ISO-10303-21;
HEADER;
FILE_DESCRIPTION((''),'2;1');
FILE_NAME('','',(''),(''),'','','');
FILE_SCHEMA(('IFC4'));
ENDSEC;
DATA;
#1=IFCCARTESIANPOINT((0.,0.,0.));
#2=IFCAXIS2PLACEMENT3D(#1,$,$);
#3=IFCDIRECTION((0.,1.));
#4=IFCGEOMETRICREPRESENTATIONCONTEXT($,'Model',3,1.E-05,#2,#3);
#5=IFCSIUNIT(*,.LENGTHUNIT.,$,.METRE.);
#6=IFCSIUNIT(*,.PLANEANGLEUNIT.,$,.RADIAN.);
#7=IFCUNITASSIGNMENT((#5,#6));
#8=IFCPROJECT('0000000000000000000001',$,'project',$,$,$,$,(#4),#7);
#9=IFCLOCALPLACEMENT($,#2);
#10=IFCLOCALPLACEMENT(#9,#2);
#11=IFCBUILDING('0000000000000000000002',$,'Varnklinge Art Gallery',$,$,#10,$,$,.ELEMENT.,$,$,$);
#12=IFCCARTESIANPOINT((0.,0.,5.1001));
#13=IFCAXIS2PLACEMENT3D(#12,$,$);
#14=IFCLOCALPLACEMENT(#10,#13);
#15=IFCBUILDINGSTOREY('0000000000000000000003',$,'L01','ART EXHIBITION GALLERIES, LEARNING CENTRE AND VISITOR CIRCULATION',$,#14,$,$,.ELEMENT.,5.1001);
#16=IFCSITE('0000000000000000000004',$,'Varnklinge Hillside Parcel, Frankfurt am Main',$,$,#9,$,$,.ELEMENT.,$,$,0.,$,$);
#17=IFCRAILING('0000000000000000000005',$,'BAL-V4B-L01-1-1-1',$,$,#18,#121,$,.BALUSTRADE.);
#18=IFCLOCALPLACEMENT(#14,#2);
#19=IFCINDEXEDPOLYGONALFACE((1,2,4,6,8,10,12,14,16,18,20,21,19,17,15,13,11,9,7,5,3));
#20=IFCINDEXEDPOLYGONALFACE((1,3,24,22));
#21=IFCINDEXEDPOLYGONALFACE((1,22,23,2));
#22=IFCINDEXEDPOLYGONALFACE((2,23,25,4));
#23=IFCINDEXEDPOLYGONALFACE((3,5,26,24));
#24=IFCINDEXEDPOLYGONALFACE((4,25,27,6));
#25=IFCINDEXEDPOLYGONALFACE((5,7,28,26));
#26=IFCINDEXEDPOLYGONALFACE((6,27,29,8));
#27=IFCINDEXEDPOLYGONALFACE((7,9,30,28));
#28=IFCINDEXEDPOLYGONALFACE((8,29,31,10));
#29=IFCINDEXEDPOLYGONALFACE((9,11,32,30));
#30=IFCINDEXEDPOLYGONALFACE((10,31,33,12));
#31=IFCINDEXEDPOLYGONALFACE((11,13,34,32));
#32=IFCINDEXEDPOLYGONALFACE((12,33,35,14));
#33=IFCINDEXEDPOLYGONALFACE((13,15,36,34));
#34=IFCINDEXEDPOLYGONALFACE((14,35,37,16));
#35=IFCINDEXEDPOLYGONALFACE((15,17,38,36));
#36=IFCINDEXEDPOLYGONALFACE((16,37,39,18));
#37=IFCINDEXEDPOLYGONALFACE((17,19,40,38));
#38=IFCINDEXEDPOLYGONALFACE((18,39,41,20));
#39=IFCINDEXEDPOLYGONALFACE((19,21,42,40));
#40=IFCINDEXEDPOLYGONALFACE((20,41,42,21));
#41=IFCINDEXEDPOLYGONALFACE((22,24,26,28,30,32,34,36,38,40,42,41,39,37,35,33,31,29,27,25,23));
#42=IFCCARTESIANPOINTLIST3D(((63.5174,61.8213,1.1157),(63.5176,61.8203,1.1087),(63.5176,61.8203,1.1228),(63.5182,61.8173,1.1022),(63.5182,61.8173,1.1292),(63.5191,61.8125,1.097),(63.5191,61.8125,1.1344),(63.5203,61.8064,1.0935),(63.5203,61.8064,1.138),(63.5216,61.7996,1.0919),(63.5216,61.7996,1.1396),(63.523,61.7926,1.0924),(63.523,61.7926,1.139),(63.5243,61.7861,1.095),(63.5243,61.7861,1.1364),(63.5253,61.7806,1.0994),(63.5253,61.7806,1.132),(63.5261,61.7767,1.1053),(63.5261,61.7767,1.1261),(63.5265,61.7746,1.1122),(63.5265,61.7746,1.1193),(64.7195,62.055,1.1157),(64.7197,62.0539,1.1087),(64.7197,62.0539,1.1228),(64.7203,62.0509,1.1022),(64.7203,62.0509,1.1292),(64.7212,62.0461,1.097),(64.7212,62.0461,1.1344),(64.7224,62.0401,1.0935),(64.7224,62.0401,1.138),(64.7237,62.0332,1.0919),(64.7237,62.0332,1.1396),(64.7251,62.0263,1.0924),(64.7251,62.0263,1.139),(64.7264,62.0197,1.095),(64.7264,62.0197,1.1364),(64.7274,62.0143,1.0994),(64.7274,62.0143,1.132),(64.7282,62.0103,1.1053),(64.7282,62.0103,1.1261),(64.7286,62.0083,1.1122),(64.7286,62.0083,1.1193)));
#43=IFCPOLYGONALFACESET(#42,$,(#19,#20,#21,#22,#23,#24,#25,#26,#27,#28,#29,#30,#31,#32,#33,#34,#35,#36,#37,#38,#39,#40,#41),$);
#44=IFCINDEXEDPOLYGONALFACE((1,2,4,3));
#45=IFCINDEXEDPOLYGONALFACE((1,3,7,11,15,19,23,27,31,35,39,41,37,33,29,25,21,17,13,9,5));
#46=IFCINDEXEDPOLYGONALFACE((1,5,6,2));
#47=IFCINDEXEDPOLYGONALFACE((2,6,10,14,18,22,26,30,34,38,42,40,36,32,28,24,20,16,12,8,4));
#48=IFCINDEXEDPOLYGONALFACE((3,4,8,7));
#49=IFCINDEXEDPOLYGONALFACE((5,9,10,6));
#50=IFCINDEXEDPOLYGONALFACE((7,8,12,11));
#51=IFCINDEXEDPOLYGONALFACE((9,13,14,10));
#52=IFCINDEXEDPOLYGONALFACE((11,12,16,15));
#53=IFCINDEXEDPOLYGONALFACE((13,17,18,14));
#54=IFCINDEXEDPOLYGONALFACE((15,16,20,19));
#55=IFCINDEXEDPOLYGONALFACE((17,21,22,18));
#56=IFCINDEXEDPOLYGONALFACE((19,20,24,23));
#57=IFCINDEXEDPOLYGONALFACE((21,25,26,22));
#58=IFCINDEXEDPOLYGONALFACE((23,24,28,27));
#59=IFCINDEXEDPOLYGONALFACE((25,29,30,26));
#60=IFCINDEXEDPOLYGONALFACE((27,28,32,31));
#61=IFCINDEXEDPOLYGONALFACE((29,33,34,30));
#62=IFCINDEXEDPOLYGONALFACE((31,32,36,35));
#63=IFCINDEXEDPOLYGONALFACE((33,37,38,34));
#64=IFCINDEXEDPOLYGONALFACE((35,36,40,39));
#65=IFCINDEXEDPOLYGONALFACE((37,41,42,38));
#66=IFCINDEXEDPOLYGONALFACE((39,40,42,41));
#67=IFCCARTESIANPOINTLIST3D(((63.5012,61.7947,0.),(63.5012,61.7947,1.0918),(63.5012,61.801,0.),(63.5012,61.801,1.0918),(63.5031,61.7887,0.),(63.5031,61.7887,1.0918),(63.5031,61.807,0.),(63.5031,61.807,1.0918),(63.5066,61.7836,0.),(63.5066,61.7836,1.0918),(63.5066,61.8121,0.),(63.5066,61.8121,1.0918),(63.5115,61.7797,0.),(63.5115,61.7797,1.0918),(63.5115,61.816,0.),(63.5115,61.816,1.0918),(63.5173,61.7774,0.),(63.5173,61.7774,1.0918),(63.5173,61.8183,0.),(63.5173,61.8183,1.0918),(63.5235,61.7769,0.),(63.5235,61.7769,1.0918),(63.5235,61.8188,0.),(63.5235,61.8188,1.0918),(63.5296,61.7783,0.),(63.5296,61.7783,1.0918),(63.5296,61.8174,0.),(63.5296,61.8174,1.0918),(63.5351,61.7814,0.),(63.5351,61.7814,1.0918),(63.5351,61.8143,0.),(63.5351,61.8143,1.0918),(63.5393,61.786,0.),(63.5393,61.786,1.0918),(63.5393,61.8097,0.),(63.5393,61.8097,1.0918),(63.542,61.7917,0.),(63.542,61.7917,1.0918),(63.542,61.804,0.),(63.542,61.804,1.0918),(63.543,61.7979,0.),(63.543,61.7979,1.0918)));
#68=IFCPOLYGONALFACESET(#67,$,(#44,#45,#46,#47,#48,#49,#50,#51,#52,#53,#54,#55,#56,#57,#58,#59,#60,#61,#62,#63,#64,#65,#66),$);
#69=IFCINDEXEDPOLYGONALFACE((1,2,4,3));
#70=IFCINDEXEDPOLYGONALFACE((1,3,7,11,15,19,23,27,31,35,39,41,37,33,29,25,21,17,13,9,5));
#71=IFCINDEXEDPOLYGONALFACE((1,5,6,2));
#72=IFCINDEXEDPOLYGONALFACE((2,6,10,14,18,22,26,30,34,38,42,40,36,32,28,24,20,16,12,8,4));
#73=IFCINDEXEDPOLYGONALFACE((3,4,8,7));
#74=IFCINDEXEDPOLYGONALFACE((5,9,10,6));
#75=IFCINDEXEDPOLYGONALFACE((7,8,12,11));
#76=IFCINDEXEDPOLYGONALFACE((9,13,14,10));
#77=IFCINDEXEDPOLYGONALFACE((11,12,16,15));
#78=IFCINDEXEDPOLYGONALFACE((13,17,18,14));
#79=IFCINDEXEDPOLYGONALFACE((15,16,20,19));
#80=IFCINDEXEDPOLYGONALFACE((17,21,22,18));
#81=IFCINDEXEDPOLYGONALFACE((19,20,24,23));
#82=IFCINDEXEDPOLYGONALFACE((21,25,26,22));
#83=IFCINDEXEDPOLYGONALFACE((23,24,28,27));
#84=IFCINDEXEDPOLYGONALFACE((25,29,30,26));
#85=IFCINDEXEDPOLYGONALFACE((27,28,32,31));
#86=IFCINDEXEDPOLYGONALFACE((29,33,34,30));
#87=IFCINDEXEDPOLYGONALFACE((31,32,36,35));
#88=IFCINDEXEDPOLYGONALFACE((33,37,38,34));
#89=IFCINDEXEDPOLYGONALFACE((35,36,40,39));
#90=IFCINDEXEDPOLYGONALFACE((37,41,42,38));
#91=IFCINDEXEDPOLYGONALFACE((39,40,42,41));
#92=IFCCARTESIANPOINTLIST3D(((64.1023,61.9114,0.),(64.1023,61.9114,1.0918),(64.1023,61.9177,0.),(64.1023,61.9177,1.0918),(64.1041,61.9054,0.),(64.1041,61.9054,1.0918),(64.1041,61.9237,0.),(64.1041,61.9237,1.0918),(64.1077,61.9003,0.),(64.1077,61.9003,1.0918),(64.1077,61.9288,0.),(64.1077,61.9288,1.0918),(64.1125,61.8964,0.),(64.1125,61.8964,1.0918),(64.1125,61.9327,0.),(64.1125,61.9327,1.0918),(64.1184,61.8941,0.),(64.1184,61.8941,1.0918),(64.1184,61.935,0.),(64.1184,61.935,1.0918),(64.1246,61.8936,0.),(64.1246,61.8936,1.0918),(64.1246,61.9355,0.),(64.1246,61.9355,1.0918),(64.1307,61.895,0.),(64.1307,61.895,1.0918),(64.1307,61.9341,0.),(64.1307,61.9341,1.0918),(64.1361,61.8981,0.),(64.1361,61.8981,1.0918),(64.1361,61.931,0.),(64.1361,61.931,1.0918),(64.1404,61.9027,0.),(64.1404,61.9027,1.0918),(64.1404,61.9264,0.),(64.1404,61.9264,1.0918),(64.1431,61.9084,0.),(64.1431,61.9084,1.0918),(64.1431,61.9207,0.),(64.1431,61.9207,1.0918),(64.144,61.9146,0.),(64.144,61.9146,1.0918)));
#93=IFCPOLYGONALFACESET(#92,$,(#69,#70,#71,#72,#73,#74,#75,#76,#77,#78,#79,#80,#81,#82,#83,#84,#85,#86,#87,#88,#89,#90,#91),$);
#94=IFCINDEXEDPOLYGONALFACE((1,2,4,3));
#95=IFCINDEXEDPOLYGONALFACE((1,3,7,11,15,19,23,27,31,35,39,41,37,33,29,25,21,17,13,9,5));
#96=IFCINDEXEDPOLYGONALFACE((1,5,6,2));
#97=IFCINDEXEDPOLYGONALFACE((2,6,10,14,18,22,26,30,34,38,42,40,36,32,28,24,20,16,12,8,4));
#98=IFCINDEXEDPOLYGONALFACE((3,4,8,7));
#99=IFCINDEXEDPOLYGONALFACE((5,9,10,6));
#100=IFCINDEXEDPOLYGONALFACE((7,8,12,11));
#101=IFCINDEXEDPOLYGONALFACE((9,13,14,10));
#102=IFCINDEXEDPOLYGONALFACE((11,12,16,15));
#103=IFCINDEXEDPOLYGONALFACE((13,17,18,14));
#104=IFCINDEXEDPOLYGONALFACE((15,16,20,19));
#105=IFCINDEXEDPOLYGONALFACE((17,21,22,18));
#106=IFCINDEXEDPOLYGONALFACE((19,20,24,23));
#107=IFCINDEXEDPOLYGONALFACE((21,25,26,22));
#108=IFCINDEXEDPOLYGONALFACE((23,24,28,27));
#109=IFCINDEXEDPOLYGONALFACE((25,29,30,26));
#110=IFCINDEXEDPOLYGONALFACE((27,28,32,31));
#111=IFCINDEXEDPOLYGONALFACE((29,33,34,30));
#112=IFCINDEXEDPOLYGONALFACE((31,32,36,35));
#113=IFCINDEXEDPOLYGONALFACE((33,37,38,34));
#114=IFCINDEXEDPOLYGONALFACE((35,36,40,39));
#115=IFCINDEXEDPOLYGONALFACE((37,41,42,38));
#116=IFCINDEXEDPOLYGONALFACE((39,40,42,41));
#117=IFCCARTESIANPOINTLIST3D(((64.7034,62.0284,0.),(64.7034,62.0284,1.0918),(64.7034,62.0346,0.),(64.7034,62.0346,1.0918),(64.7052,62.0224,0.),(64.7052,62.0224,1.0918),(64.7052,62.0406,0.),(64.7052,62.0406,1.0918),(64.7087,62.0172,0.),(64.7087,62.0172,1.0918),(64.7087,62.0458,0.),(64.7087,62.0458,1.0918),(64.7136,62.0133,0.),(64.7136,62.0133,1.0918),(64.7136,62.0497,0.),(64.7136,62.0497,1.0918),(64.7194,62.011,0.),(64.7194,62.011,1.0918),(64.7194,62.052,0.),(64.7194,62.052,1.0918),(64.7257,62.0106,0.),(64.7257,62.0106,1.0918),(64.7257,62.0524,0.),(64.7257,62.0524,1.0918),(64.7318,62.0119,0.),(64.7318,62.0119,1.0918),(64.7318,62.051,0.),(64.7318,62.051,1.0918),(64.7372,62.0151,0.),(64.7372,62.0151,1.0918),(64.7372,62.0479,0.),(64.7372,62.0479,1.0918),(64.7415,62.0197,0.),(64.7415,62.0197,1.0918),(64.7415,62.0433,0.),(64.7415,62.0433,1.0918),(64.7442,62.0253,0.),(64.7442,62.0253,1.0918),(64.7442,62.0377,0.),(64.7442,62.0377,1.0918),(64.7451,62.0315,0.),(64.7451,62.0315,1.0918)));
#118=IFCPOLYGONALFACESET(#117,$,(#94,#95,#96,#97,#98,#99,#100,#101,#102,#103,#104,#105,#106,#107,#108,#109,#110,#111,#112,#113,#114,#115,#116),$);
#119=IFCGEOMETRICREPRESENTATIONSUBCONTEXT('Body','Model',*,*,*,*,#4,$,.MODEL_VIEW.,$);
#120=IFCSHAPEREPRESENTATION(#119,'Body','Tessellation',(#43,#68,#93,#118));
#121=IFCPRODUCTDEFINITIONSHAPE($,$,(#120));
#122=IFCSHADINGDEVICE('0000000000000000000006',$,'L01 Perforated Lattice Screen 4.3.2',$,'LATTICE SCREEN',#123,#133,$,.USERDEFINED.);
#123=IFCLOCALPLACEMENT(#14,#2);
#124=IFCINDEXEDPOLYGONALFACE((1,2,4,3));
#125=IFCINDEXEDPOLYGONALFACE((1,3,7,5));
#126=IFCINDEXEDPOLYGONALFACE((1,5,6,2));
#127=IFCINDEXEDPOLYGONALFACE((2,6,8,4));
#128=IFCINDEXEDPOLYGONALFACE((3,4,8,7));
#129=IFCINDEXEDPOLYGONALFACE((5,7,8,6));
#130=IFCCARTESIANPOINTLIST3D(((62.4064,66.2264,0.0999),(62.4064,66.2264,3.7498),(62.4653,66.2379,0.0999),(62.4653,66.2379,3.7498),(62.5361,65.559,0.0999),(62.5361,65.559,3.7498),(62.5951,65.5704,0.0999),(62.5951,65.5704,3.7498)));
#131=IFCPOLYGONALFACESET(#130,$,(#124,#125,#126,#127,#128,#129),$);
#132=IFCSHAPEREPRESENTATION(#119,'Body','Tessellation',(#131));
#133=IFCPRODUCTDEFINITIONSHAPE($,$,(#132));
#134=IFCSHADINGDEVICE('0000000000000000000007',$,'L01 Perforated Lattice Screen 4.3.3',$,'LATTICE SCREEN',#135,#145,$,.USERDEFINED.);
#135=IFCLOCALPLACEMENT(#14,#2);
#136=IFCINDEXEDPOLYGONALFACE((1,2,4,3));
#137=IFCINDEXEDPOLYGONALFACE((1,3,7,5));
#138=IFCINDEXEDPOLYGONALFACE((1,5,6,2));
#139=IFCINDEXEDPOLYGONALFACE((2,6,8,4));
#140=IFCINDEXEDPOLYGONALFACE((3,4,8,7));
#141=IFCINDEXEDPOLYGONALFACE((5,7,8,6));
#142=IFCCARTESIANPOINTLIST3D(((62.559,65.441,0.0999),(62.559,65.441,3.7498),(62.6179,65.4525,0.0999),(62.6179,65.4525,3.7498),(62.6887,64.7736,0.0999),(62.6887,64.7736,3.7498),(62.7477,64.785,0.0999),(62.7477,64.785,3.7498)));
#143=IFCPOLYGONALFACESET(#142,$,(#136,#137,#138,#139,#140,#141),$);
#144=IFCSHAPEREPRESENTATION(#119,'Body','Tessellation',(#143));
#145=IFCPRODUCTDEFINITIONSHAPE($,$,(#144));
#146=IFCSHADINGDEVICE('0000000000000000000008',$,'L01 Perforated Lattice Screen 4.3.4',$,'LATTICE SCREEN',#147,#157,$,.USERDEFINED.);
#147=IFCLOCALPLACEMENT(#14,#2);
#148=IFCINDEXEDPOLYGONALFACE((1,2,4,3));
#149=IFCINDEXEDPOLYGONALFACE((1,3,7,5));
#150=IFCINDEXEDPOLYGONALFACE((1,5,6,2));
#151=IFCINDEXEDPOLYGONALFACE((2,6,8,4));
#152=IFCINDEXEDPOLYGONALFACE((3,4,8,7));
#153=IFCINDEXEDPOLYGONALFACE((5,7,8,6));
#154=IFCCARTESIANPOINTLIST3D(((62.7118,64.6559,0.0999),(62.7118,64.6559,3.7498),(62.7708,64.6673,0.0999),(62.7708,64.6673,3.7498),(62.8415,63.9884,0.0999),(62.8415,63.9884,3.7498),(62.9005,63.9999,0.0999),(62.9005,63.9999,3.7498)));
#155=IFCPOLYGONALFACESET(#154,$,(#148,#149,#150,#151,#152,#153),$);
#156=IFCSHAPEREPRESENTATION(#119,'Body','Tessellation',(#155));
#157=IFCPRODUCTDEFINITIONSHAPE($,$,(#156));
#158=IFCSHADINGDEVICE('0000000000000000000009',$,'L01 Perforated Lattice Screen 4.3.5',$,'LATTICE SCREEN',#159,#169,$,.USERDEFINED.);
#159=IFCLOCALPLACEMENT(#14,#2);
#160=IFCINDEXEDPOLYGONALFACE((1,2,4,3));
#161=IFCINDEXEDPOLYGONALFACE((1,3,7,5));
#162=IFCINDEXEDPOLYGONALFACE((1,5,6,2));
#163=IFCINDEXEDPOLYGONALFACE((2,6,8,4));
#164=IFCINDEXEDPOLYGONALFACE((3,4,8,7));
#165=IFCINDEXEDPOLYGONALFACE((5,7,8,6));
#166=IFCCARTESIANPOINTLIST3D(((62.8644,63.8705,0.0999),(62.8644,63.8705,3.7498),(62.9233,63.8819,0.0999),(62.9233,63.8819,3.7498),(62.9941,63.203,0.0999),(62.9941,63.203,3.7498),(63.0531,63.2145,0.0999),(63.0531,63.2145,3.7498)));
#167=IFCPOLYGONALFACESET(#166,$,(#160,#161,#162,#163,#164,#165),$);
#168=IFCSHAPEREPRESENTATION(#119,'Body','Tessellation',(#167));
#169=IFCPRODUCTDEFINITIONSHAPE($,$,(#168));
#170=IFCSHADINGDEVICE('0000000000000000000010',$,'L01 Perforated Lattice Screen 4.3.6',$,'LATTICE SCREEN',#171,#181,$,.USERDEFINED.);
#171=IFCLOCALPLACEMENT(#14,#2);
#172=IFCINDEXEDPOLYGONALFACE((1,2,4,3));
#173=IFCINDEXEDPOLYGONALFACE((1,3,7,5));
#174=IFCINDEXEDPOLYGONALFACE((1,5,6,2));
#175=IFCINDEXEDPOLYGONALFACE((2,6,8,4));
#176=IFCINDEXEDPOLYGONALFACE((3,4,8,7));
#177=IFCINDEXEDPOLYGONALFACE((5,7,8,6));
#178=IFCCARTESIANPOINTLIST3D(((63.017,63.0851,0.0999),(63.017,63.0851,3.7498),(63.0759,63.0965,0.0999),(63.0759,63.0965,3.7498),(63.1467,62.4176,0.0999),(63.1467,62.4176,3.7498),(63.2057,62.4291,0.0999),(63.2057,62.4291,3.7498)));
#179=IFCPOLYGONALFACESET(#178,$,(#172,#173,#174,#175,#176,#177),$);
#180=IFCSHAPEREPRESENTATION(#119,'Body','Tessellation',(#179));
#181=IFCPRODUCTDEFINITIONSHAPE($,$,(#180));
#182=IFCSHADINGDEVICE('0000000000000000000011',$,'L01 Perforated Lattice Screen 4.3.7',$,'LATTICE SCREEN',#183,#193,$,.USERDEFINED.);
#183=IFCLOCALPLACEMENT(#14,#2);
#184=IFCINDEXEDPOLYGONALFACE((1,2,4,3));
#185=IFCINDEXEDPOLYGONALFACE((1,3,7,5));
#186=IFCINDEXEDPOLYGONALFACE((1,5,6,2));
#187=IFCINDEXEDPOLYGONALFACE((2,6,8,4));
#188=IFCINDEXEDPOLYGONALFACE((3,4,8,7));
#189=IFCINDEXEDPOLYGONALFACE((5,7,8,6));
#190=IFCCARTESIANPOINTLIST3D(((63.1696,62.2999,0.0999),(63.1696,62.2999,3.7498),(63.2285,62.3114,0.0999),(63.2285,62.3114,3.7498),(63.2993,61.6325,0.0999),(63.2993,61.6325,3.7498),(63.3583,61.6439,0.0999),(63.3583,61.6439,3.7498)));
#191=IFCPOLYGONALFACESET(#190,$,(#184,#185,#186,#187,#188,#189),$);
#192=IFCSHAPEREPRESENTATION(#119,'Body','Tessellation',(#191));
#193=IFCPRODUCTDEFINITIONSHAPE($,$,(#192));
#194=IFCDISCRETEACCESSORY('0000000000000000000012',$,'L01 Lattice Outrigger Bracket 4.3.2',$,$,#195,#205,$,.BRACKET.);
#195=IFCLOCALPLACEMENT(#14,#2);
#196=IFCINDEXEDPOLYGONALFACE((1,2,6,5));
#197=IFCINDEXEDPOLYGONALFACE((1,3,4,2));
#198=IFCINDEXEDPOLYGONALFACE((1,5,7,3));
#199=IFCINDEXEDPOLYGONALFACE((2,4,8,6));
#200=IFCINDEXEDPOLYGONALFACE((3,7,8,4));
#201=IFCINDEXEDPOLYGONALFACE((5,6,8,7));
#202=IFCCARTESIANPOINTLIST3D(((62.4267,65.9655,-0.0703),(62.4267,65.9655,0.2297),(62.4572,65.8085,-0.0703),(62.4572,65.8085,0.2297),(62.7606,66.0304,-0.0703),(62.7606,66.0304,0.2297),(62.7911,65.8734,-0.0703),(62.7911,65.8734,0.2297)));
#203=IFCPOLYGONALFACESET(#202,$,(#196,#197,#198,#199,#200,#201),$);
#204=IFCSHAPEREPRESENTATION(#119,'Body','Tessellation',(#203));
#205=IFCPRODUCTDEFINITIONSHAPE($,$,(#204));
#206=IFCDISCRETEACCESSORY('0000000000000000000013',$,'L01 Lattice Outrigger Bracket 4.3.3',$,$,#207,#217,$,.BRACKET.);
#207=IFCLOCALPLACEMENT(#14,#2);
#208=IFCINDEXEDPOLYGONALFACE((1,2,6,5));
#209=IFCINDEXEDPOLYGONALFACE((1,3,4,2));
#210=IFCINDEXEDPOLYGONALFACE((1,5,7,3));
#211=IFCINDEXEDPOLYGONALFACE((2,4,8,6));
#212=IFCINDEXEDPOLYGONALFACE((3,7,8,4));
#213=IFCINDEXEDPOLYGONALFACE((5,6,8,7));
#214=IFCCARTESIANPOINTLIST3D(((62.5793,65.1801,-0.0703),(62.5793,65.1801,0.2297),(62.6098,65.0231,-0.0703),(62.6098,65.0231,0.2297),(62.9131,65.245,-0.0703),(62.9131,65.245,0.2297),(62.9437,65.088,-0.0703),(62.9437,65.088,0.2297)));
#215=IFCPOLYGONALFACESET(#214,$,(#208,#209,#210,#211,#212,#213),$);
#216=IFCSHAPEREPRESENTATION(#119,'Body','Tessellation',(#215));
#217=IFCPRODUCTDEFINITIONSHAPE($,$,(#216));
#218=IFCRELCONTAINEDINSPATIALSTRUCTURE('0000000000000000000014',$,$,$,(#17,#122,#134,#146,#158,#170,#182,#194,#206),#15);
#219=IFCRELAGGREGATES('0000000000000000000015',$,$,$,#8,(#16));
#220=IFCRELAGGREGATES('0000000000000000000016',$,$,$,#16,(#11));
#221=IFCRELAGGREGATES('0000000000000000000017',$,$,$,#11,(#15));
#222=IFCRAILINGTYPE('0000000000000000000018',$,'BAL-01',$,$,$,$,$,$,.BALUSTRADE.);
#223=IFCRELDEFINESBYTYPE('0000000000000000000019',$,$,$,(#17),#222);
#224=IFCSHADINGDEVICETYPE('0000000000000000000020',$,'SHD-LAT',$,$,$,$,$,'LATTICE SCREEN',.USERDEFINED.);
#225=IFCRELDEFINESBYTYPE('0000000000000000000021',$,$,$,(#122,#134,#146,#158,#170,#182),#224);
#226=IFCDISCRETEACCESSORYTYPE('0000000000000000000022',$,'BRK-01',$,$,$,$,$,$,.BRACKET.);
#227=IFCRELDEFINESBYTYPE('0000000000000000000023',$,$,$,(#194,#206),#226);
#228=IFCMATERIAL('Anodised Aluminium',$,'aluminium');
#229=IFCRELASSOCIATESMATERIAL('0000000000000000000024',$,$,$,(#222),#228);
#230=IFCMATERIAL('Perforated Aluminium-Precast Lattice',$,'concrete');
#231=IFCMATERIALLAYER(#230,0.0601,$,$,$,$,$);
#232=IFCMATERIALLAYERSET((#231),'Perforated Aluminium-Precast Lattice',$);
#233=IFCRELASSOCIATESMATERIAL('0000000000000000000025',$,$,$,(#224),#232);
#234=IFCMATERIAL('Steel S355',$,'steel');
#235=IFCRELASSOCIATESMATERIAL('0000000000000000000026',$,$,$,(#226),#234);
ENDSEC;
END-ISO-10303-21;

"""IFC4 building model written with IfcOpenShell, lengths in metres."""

from ifc_helpers import new_model, si_unit, direction, frame, origin, origin_2d, place, context, subcontext, project, spatial, rectangle, circle, extrude, material, layer, layer_set, type_object, element, save


model = new_model("IFC4")

# Units and contexts
model_context = context("Model", 3, precision=1e-05, world=origin(), true_north=direction((0.0, 1.0)))
body_context = subcontext(model_context, "Body", "Model", "MODEL_VIEW")
ifc_project = project(units=[si_unit("LENGTHUNIT", "METRE"), si_unit("PLANEANGLEUNIT", "RADIAN")], contexts=[model_context])

# Site, building, storey
site_placement = place(None, origin())
site = spatial("IfcSite", under=ifc_project, at=site_placement, Name="Varnklinge Hillside Parcel, Frankfurt am Main", CompositionType="ELEMENT", RefElevation=0.0)
building_placement = place(site_placement, origin())
building = spatial("IfcBuilding", under=site, at=building_placement, Name="Varnklinge Art Gallery", CompositionType="ELEMENT")
storey_placement = place(building_placement, frame((0.0, 0.0, 5.1001)))
storey = spatial("IfcBuildingStorey", under=building, at=storey_placement, Name="L01", Description="ART EXHIBITION GALLERIES, LEARNING CENTRE AND VISITOR CIRCULATION", CompositionType="ELEMENT", Elevation=5.1001)

# Railing
ifc_material_1 = material(Name="Anodised Aluminium", Category="aluminium")
railing_type = type_object("IfcRailingType", Name="BAL-01", PredefinedType="BALUSTRADE", material=ifc_material_1)
railing_placement = place(storey_placement, frame((63.522, 61.7979, 0.0)))
element("IfcRailing", 1, at=railing_placement, inside=storey, type_object=railing_type, Name="BAL-V4B-L01-1-1-1", PredefinedType="BALUSTRADE", context=body_context, shape_type="SweptSolid", body=[
    extrude(circle(Radius=0.0239, at=origin_2d()), frame((0.0, 0.0, 1.1157), z_axis=(0.981632, 0.190784, 0.0), x_axis=(-0.190784, 0.981632, 0.0)), (0.0, 0.0, 1.0), 1.2246),
    extrude(circle(Radius=0.021, at=origin_2d()), origin(), (0.0, 0.0, 1.0), 1.0918),
    extrude(circle(Radius=0.021, at=origin_2d()), frame((0.6011, 0.1167, 0.0)), (0.0, 0.0, 1.0), 1.0918),
    extrude(circle(Radius=0.021, at=origin_2d()), frame((1.2021, 0.2336, 0.0)), (0.0, 0.0, 1.0), 1.0918),
])

# Shading devices
ifc_material_2 = material(Name="Perforated Aluminium-Precast Lattice", Category="concrete")
ifc_layer_1 = layer(ifc_material_2, 0.0601)
ifc_layer_set_1 = layer_set([ifc_layer_1], Name="Perforated Aluminium-Precast Lattice")
shading_device_type = type_object("IfcShadingDeviceType", Name="SHD-LAT", ElementType="LATTICE SCREEN", PredefinedType="USERDEFINED", material=ifc_layer_set_1)
for number, where, z_axis, x_axis, name in (
    (2, (62.5007, 65.8984, 0.0999), (0.0, 0.0, 1.0), (0.190809, -0.981627, 0.0), "L01 Perforated Lattice Screen 4.3.2"),
    (3, (62.6533, 65.113, 0.0999), (0.0, 0.0, 1.0), (0.190809, -0.981627, 0.0), "L01 Perforated Lattice Screen 4.3.3"),
    (4, (62.8062, 64.3279, 0.0999), (0.0, 0.0, 1.0), (0.190809, -0.981627, 0.0), "L01 Perforated Lattice Screen 4.3.4"),
    (5, (62.9587, 63.5425, 0.0999), (0.0, 0.0, 1.0), (0.190809, -0.981627, 0.0), "L01 Perforated Lattice Screen 4.3.5"),
    (6, (63.1113, 62.7571, 0.0999), (0.0, 0.0, 1.0), (0.190809, -0.981627, 0.0), "L01 Perforated Lattice Screen 4.3.6"),
    (7, (63.2639, 61.9719, 0.0999), (0.0, 0.0, 1.0), (0.190809, -0.981627, 0.0), "L01 Perforated Lattice Screen 4.3.7"),
):
    element("IfcShadingDevice", number, at=place(storey_placement, frame(where, z_axis=z_axis, x_axis=x_axis)), inside=storey, type_object=shading_device_type, Name=name, ObjectType="LATTICE SCREEN", PredefinedType="USERDEFINED", context=body_context, shape_type="SweptSolid", body=[
        extrude(rectangle(XDim=0.6799, YDim=0.0601, at=origin_2d()), origin(), (0.0, 0.0, 1.0), 3.6499),
    ])

# Discrete accessories
ifc_material_3 = material(Name="Steel S355", Category="steel")
discrete_accessory_type = type_object("IfcDiscreteAccessoryType", Name="BRK-01", PredefinedType="BRACKET", material=ifc_material_3)
for number, where, z_axis, x_axis, name in (
    (8, (62.6089, 65.9194, -0.0703), (0.0, 0.0, 1.0), (0.190809, -0.981627, 0.0), "L01 Lattice Outrigger Bracket 4.3.2"),
    (9, (62.7615, 65.134, -0.0703), (0.0, 0.0, 1.0), (0.190809, -0.981627, 0.0), "L01 Lattice Outrigger Bracket 4.3.3"),
):
    element("IfcDiscreteAccessory", number, at=place(storey_placement, frame(where, z_axis=z_axis, x_axis=x_axis)), inside=storey, type_object=discrete_accessory_type, Name=name, PredefinedType="BRACKET", context=body_context, shape_type="SweptSolid", body=[
        extrude(rectangle(XDim=0.1599, YDim=0.3401, at=origin_2d()), origin(), (0.0, 0.0, 1.0), 0.3),
    ])

save(model, "model.ifc")
